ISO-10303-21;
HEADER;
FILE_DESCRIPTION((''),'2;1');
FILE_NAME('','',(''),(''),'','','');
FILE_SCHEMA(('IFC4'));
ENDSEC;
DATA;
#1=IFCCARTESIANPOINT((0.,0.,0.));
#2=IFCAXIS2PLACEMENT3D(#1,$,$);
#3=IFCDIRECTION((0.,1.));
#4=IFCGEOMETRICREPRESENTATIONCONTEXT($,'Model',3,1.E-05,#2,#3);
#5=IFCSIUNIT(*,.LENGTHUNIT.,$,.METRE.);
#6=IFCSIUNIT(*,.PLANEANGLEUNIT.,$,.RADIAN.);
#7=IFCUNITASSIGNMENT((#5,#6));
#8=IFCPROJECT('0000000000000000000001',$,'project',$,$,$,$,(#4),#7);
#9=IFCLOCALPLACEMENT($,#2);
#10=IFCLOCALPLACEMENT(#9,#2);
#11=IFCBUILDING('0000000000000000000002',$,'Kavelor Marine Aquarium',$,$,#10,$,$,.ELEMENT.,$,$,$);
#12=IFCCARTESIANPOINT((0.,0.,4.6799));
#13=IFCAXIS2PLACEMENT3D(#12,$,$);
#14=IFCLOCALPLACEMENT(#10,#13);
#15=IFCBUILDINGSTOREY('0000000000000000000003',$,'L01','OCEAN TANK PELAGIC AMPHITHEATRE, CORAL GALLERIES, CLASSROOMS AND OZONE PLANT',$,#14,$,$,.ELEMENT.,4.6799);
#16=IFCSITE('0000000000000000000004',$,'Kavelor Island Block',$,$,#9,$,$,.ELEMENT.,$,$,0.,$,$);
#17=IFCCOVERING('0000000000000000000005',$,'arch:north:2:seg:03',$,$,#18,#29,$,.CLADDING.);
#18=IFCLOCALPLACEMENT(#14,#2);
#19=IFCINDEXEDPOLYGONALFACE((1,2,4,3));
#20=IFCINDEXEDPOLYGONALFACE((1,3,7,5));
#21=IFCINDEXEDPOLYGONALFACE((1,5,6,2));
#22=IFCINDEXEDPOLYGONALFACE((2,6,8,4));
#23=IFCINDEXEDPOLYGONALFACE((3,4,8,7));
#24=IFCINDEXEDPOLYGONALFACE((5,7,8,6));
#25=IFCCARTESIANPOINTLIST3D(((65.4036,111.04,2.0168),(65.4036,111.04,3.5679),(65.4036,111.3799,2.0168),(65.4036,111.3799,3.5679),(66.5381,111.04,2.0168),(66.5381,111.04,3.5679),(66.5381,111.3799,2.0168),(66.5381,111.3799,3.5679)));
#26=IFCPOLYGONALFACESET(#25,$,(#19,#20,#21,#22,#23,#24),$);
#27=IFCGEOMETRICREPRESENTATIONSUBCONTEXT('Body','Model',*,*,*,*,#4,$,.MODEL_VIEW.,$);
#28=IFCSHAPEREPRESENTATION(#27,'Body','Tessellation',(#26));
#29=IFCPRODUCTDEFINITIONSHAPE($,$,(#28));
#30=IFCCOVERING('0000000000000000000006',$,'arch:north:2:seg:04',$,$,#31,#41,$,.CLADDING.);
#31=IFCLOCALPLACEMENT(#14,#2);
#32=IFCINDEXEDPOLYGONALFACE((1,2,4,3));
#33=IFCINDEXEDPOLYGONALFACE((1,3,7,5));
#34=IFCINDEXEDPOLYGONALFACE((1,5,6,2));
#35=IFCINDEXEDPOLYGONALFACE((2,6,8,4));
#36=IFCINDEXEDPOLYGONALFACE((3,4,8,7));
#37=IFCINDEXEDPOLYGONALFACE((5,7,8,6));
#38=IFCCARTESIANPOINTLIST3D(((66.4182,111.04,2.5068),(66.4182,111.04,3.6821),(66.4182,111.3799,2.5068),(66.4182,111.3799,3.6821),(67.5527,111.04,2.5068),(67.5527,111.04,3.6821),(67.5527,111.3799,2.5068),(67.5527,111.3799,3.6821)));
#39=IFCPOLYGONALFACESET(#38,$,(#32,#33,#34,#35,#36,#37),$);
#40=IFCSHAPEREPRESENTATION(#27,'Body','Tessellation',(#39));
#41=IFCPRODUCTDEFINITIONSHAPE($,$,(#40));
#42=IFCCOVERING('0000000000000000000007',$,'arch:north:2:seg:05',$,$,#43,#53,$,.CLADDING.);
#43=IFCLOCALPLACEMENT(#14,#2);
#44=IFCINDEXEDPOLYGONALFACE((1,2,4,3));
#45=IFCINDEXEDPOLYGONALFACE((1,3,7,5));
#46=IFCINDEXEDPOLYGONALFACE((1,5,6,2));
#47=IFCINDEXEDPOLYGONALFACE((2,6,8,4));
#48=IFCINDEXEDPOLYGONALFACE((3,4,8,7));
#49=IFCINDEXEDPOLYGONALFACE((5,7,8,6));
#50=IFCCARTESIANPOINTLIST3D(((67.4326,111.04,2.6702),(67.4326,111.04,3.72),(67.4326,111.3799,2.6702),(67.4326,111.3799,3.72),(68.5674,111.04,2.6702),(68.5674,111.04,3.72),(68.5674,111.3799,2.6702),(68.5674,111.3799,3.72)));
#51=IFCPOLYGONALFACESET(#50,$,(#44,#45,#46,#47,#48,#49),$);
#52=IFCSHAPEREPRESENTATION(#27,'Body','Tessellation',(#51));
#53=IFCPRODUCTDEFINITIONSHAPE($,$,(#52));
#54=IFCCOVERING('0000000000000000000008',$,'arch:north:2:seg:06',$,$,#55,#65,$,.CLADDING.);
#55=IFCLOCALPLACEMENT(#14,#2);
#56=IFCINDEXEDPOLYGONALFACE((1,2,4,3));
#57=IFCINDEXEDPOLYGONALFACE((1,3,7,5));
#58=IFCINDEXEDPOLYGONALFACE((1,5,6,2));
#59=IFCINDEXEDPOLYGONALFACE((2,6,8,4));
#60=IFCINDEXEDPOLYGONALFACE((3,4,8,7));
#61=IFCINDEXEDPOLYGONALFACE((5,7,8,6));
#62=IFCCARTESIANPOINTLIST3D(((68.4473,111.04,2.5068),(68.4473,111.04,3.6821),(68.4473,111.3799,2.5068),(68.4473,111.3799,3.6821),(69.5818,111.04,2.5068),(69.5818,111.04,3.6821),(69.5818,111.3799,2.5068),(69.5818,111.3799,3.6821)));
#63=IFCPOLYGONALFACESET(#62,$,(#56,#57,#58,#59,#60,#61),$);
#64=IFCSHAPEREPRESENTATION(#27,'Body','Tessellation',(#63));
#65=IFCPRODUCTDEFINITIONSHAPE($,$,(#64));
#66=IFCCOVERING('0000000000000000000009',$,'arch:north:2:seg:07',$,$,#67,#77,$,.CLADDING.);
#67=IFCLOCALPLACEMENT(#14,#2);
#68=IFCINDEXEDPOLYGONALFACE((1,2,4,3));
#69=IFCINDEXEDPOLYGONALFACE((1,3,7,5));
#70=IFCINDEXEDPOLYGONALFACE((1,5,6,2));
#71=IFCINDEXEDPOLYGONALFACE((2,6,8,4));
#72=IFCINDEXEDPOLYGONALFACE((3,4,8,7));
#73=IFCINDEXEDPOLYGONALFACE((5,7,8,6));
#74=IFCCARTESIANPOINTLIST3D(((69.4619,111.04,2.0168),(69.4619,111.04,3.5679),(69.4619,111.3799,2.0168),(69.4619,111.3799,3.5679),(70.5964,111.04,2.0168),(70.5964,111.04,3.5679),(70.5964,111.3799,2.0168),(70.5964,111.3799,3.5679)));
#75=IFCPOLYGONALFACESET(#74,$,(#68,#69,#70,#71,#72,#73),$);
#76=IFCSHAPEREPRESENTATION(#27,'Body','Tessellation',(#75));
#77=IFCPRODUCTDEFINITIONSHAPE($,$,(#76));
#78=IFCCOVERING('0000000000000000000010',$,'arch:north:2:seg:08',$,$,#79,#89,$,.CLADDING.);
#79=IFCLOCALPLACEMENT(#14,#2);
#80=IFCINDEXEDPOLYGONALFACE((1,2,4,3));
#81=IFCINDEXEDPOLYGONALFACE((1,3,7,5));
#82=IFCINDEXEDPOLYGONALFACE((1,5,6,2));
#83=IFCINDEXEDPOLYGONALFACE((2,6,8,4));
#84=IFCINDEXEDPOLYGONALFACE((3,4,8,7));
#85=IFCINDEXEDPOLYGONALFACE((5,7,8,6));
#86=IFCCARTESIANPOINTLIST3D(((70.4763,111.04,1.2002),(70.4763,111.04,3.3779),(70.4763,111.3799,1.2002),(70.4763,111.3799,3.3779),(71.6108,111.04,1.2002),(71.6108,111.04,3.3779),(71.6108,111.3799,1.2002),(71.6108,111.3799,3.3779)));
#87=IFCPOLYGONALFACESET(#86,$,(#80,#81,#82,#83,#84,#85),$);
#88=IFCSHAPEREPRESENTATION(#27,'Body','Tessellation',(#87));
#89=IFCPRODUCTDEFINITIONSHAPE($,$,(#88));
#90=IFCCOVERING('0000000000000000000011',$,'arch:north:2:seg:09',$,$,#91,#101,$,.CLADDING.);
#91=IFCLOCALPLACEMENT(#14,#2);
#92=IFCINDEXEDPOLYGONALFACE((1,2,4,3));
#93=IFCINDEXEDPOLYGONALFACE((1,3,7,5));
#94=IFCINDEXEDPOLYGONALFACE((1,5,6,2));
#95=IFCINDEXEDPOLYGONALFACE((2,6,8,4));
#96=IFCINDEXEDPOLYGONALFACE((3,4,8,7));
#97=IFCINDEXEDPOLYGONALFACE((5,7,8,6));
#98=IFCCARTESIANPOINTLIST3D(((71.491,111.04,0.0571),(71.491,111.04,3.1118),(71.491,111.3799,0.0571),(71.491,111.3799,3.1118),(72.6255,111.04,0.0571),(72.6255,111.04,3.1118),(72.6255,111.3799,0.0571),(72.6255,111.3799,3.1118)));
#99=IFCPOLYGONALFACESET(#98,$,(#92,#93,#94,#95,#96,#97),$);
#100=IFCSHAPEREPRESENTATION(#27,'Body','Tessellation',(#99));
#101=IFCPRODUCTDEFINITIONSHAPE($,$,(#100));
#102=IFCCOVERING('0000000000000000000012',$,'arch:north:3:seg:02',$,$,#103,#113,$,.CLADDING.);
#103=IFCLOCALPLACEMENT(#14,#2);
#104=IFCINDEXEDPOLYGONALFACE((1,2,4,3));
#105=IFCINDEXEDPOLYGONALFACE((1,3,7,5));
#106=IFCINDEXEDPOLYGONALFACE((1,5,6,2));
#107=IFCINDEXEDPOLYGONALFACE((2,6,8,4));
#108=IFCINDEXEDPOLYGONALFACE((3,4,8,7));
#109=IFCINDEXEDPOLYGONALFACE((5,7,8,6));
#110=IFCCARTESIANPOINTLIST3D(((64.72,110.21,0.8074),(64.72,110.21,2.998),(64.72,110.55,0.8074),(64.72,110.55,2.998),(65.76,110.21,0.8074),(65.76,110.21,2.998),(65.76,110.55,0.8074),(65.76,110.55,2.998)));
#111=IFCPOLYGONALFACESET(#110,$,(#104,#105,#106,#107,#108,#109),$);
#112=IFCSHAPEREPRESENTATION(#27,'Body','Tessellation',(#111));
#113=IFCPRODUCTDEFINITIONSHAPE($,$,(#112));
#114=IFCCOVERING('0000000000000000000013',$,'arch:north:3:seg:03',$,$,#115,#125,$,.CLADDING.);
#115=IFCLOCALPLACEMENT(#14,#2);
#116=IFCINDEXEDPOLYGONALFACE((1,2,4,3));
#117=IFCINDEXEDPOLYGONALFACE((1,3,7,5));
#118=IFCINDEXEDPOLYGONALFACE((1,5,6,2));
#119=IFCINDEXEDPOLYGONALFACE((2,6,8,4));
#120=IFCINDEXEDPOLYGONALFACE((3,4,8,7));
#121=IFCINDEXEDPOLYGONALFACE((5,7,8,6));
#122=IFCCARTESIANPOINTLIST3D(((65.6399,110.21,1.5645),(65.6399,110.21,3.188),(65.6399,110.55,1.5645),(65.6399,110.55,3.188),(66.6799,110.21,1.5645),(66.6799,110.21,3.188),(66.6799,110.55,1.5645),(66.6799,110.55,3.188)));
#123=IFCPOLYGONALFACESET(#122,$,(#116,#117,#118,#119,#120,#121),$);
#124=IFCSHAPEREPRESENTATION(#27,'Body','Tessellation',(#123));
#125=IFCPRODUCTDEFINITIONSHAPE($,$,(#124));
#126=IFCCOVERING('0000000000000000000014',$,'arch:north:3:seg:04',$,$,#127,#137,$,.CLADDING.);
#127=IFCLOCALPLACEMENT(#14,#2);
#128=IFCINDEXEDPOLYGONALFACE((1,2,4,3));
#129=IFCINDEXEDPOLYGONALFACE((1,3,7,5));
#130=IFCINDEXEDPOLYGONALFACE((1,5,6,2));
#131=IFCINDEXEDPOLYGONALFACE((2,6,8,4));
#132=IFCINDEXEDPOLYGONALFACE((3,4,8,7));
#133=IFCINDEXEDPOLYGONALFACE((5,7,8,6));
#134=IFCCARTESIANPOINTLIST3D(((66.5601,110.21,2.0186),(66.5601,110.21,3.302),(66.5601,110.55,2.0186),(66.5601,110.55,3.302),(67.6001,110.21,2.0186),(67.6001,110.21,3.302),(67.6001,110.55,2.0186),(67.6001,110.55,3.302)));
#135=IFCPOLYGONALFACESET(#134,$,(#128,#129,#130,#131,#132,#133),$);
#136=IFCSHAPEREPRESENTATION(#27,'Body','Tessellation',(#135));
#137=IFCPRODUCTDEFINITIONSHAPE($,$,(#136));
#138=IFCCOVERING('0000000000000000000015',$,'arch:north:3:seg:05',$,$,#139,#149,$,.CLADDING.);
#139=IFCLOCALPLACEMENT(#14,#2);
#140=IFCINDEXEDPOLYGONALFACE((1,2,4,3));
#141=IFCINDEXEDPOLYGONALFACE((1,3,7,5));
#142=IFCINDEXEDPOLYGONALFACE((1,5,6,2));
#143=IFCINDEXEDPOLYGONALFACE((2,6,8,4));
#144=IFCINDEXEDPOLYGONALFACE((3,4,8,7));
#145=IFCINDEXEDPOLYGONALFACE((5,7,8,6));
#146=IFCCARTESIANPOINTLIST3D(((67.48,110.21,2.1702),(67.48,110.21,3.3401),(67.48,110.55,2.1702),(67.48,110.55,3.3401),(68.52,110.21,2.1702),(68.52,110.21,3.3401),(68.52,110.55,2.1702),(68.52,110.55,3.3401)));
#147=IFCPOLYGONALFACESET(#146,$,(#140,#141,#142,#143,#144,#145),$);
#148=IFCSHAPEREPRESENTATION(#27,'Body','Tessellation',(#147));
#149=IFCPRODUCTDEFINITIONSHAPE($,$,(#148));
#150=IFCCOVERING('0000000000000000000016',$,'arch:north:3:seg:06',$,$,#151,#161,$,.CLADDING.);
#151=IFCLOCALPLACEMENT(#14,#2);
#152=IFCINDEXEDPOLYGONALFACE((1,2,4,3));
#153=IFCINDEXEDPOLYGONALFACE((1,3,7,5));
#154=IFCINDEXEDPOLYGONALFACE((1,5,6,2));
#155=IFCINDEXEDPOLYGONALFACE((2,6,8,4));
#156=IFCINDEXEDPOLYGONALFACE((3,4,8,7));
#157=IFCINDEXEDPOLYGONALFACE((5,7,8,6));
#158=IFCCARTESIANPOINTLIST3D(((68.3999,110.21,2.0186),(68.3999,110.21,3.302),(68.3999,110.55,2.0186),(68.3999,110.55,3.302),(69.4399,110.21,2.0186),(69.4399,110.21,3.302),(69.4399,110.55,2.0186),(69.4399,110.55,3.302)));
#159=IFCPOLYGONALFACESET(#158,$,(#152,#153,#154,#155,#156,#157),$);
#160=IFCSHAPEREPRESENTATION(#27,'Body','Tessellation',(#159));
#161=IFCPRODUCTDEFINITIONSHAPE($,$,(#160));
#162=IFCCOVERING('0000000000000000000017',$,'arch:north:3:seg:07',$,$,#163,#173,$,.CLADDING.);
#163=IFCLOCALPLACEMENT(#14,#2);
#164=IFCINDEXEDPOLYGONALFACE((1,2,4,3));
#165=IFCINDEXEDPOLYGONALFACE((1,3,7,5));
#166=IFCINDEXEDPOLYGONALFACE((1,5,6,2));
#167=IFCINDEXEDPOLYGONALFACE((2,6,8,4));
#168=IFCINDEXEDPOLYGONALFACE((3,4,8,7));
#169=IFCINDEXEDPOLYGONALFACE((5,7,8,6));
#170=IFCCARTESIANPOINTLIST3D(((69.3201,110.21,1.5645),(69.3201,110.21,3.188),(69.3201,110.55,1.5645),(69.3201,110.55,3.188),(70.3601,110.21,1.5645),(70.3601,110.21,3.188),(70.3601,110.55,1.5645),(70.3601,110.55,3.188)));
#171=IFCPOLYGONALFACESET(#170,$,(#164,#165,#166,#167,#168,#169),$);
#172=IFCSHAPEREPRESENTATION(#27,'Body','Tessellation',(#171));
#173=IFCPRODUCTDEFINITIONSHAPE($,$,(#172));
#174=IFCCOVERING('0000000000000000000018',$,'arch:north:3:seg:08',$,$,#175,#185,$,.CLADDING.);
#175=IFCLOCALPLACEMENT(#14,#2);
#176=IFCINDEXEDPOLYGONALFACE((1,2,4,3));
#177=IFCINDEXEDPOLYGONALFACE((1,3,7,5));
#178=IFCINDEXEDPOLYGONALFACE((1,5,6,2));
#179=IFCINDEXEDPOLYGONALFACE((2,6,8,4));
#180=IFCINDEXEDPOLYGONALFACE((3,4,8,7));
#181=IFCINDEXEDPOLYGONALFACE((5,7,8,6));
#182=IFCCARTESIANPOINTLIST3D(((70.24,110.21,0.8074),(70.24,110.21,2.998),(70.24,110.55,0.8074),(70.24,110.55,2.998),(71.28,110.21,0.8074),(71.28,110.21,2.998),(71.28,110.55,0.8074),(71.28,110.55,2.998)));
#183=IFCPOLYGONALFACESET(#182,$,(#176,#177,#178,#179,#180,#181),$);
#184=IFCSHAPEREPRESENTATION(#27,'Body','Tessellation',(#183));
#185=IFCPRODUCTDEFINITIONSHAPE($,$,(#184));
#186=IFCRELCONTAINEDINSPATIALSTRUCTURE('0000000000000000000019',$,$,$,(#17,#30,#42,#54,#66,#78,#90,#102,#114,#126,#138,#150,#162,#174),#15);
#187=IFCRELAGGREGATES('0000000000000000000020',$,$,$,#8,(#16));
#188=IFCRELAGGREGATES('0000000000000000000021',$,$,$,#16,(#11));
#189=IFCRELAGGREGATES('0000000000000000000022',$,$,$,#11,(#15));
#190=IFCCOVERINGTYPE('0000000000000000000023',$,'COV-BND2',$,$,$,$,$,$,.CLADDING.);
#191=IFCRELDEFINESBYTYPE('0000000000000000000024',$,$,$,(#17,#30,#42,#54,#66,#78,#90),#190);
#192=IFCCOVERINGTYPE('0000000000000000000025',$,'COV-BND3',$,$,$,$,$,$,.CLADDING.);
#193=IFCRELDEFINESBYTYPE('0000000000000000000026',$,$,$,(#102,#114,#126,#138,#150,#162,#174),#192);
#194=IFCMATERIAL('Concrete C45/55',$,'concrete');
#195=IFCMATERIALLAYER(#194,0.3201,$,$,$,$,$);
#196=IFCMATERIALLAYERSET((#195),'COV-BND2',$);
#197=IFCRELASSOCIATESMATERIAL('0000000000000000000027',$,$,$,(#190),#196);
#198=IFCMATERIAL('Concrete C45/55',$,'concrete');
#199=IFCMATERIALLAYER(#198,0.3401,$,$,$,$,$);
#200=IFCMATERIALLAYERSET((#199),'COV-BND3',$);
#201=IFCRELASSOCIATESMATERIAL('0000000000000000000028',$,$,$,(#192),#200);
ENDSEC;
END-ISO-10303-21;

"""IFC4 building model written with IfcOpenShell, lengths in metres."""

from ifc_helpers import new_model, si_unit, direction, frame, origin, place, context, subcontext, project, spatial, polyline, outline, extrude, material, layer, layer_set, type_object, element, save


model = new_model("IFC4")

# Units and contexts
model_context = context("Model", 3, precision=1e-05, world=origin(), true_north=direction((0.0, 1.0)))
body_context = subcontext(model_context, "Body", "Model", "MODEL_VIEW")
ifc_project = project(units=[si_unit("LENGTHUNIT", "METRE"), si_unit("PLANEANGLEUNIT", "RADIAN")], contexts=[model_context])

# Site, building, storey
site_placement = place(None, origin())
site = spatial("IfcSite", under=ifc_project, at=site_placement, Name="Kavelor Island Block", CompositionType="ELEMENT", RefElevation=0.0)
building_placement = place(site_placement, origin())
building = spatial("IfcBuilding", under=site, at=building_placement, Name="Kavelor Marine Aquarium", CompositionType="ELEMENT")
storey_placement = place(building_placement, frame((0.0, 0.0, 4.6799)))
storey = spatial("IfcBuildingStorey", under=building, at=storey_placement, Name="L01", Description="OCEAN TANK PELAGIC AMPHITHEATRE, CORAL GALLERIES, CLASSROOMS AND OZONE PLANT", CompositionType="ELEMENT", Elevation=4.6799)

# Coverings
ifc_material_1 = material(Name="Concrete C45/55", Category="concrete")
ifc_layer_1 = layer(ifc_material_1, 0.3201)
ifc_layer_set_1 = layer_set([ifc_layer_1], Name="COV-BND2")
covering_type_1 = type_object("IfcCoveringType", Name="COV-BND2", PredefinedType="CLADDING", material=ifc_layer_set_1)
covering_1_placement = place(storey_placement, frame((0.0, 0.0, 2.0168)))
element("IfcCovering", 1, at=covering_1_placement, inside=storey, type_object=covering_type_1, Name="arch:north:2:seg:03", PredefinedType="CLADDING", context=body_context, shape_type="SweptSolid", body=[
    extrude(outline(polyline([(65.4036, 111.04), (66.5381, 111.04), (66.5381, 111.3799), (65.4036, 111.3799), (65.4036, 111.04)])), origin(), (0.0, 0.0, 1.0), 1.551),
])
covering_2_placement = place(storey_placement, frame((0.0, 0.0, 2.5068)))
element("IfcCovering", 2, at=covering_2_placement, inside=storey, type_object=covering_type_1, Name="arch:north:2:seg:04", PredefinedType="CLADDING", context=body_context, shape_type="SweptSolid", body=[
    extrude(outline(polyline([(66.4182, 111.04), (67.5527, 111.04), (67.5527, 111.3799), (66.4182, 111.3799), (66.4182, 111.04)])), origin(), (0.0, 0.0, 1.0), 1.1753),
])
covering_3_placement = place(storey_placement, frame((0.0, 0.0, 2.6702)))
element("IfcCovering", 3, at=covering_3_placement, inside=storey, type_object=covering_type_1, Name="arch:north:2:seg:05", PredefinedType="CLADDING", context=body_context, shape_type="SweptSolid", body=[
    extrude(outline(polyline([(67.4326, 111.04), (68.5674, 111.04), (68.5674, 111.3799), (67.4326, 111.3799), (67.4326, 111.04)])), origin(), (0.0, 0.0, 1.0), 1.0498),
])
covering_4_placement = place(storey_placement, frame((0.0, 0.0, 2.5068)))
element("IfcCovering", 4, at=covering_4_placement, inside=storey, type_object=covering_type_1, Name="arch:north:2:seg:06", PredefinedType="CLADDING", context=body_context, shape_type="SweptSolid", body=[
    extrude(outline(polyline([(68.4473, 111.04), (69.5818, 111.04), (69.5818, 111.3799), (68.4473, 111.3799), (68.4473, 111.04)])), origin(), (0.0, 0.0, 1.0), 1.1753),
])
covering_5_placement = place(storey_placement, frame((0.0, 0.0, 2.0168)))
element("IfcCovering", 5, at=covering_5_placement, inside=storey, type_object=covering_type_1, Name="arch:north:2:seg:07", PredefinedType="CLADDING", context=body_context, shape_type="SweptSolid", body=[
    extrude(outline(polyline([(69.4619, 111.04), (70.5964, 111.04), (70.5964, 111.3799), (69.4619, 111.3799), (69.4619, 111.04)])), origin(), (0.0, 0.0, 1.0), 1.551),
])
covering_6_placement = place(storey_placement, frame((0.0, 0.0, 1.2002)))
element("IfcCovering", 6, at=covering_6_placement, inside=storey, type_object=covering_type_1, Name="arch:north:2:seg:08", PredefinedType="CLADDING", context=body_context, shape_type="SweptSolid", body=[
    extrude(outline(polyline([(70.4763, 111.04), (71.6108, 111.04), (71.6108, 111.3799), (70.4763, 111.3799), (70.4763, 111.04)])), origin(), (0.0, 0.0, 1.0), 2.1777),
])
covering_7_placement = place(storey_placement, frame((0.0, 0.0, 0.0571)))
element("IfcCovering", 7, at=covering_7_placement, inside=storey, type_object=covering_type_1, Name="arch:north:2:seg:09", PredefinedType="CLADDING", context=body_context, shape_type="SweptSolid", body=[
    extrude(outline(polyline([(71.491, 111.04), (72.6255, 111.04), (72.6255, 111.3799), (71.491, 111.3799), (71.491, 111.04)])), origin(), (0.0, 0.0, 1.0), 3.0547),
])
ifc_material_2 = material(Name="Concrete C45/55", Category="concrete")
ifc_layer_2 = layer(ifc_material_2, 0.3401)
ifc_layer_set_2 = layer_set([ifc_layer_2], Name="COV-BND3")
covering_type_2 = type_object("IfcCoveringType", Name="COV-BND3", PredefinedType="CLADDING", material=ifc_layer_set_2)
covering_8_placement = place(storey_placement, frame((0.0, 0.0, 0.8074)))
element("IfcCovering", 8, at=covering_8_placement, inside=storey, type_object=covering_type_2, Name="arch:north:3:seg:02", PredefinedType="CLADDING", context=body_context, shape_type="SweptSolid", body=[
    extrude(outline(polyline([(64.72, 110.21), (65.76, 110.21), (65.76, 110.55), (64.72, 110.55), (64.72, 110.21)])), origin(), (0.0, 0.0, 1.0), 2.1907),
])
covering_9_placement = place(storey_placement, frame((0.0, 0.0, 1.5645)))
element("IfcCovering", 9, at=covering_9_placement, inside=storey, type_object=covering_type_2, Name="arch:north:3:seg:03", PredefinedType="CLADDING", context=body_context, shape_type="SweptSolid", body=[
    extrude(outline(polyline([(65.6399, 110.21), (66.6799, 110.21), (66.6799, 110.55), (65.6399, 110.55), (65.6399, 110.21)])), origin(), (0.0, 0.0, 1.0), 1.6235),
])
covering_10_placement = place(storey_placement, frame((0.0, 0.0, 2.0186)))
element("IfcCovering", 10, at=covering_10_placement, inside=storey, type_object=covering_type_2, Name="arch:north:3:seg:04", PredefinedType="CLADDING", context=body_context, shape_type="SweptSolid", body=[
    extrude(outline(polyline([(66.5601, 110.21), (67.6001, 110.21), (67.6001, 110.55), (66.5601, 110.55), (66.5601, 110.21)])), origin(), (0.0, 0.0, 1.0), 1.2834),
])
covering_11_placement = place(storey_placement, frame((0.0, 0.0, 2.1702)))
element("IfcCovering", 11, at=covering_11_placement, inside=storey, type_object=covering_type_2, Name="arch:north:3:seg:05", PredefinedType="CLADDING", context=body_context, shape_type="SweptSolid", body=[
    extrude(outline(polyline([(67.48, 110.21), (68.52, 110.21), (68.52, 110.55), (67.48, 110.55), (67.48, 110.21)])), origin(), (0.0, 0.0, 1.0), 1.1699),
])
covering_12_placement = place(storey_placement, frame((0.0, 0.0, 2.0186)))
element("IfcCovering", 12, at=covering_12_placement, inside=storey, type_object=covering_type_2, Name="arch:north:3:seg:06", PredefinedType="CLADDING", context=body_context, shape_type="SweptSolid", body=[
    extrude(outline(polyline([(68.3999, 110.21), (69.4399, 110.21), (69.4399, 110.55), (68.3999, 110.55), (68.3999, 110.21)])), origin(), (0.0, 0.0, 1.0), 1.2834),
])
covering_13_placement = place(storey_placement, frame((0.0, 0.0, 1.5645)))
element("IfcCovering", 13, at=covering_13_placement, inside=storey, type_object=covering_type_2, Name="arch:north:3:seg:07", PredefinedType="CLADDING", context=body_context, shape_type="SweptSolid", body=[
    extrude(outline(polyline([(69.3201, 110.21), (70.3601, 110.21), (70.3601, 110.55), (69.3201, 110.55), (69.3201, 110.21)])), origin(), (0.0, 0.0, 1.0), 1.6235),
])
covering_14_placement = place(storey_placement, frame((0.0, 0.0, 0.8074)))
element("IfcCovering", 14, at=covering_14_placement, inside=storey, type_object=covering_type_2, Name="arch:north:3:seg:08", PredefinedType="CLADDING", context=body_context, shape_type="SweptSolid", body=[
    extrude(outline(polyline([(70.24, 110.21), (71.28, 110.21), (71.28, 110.55), (70.24, 110.55), (70.24, 110.21)])), origin(), (0.0, 0.0, 1.0), 2.1907),
])

save(model, "model.ifc")
